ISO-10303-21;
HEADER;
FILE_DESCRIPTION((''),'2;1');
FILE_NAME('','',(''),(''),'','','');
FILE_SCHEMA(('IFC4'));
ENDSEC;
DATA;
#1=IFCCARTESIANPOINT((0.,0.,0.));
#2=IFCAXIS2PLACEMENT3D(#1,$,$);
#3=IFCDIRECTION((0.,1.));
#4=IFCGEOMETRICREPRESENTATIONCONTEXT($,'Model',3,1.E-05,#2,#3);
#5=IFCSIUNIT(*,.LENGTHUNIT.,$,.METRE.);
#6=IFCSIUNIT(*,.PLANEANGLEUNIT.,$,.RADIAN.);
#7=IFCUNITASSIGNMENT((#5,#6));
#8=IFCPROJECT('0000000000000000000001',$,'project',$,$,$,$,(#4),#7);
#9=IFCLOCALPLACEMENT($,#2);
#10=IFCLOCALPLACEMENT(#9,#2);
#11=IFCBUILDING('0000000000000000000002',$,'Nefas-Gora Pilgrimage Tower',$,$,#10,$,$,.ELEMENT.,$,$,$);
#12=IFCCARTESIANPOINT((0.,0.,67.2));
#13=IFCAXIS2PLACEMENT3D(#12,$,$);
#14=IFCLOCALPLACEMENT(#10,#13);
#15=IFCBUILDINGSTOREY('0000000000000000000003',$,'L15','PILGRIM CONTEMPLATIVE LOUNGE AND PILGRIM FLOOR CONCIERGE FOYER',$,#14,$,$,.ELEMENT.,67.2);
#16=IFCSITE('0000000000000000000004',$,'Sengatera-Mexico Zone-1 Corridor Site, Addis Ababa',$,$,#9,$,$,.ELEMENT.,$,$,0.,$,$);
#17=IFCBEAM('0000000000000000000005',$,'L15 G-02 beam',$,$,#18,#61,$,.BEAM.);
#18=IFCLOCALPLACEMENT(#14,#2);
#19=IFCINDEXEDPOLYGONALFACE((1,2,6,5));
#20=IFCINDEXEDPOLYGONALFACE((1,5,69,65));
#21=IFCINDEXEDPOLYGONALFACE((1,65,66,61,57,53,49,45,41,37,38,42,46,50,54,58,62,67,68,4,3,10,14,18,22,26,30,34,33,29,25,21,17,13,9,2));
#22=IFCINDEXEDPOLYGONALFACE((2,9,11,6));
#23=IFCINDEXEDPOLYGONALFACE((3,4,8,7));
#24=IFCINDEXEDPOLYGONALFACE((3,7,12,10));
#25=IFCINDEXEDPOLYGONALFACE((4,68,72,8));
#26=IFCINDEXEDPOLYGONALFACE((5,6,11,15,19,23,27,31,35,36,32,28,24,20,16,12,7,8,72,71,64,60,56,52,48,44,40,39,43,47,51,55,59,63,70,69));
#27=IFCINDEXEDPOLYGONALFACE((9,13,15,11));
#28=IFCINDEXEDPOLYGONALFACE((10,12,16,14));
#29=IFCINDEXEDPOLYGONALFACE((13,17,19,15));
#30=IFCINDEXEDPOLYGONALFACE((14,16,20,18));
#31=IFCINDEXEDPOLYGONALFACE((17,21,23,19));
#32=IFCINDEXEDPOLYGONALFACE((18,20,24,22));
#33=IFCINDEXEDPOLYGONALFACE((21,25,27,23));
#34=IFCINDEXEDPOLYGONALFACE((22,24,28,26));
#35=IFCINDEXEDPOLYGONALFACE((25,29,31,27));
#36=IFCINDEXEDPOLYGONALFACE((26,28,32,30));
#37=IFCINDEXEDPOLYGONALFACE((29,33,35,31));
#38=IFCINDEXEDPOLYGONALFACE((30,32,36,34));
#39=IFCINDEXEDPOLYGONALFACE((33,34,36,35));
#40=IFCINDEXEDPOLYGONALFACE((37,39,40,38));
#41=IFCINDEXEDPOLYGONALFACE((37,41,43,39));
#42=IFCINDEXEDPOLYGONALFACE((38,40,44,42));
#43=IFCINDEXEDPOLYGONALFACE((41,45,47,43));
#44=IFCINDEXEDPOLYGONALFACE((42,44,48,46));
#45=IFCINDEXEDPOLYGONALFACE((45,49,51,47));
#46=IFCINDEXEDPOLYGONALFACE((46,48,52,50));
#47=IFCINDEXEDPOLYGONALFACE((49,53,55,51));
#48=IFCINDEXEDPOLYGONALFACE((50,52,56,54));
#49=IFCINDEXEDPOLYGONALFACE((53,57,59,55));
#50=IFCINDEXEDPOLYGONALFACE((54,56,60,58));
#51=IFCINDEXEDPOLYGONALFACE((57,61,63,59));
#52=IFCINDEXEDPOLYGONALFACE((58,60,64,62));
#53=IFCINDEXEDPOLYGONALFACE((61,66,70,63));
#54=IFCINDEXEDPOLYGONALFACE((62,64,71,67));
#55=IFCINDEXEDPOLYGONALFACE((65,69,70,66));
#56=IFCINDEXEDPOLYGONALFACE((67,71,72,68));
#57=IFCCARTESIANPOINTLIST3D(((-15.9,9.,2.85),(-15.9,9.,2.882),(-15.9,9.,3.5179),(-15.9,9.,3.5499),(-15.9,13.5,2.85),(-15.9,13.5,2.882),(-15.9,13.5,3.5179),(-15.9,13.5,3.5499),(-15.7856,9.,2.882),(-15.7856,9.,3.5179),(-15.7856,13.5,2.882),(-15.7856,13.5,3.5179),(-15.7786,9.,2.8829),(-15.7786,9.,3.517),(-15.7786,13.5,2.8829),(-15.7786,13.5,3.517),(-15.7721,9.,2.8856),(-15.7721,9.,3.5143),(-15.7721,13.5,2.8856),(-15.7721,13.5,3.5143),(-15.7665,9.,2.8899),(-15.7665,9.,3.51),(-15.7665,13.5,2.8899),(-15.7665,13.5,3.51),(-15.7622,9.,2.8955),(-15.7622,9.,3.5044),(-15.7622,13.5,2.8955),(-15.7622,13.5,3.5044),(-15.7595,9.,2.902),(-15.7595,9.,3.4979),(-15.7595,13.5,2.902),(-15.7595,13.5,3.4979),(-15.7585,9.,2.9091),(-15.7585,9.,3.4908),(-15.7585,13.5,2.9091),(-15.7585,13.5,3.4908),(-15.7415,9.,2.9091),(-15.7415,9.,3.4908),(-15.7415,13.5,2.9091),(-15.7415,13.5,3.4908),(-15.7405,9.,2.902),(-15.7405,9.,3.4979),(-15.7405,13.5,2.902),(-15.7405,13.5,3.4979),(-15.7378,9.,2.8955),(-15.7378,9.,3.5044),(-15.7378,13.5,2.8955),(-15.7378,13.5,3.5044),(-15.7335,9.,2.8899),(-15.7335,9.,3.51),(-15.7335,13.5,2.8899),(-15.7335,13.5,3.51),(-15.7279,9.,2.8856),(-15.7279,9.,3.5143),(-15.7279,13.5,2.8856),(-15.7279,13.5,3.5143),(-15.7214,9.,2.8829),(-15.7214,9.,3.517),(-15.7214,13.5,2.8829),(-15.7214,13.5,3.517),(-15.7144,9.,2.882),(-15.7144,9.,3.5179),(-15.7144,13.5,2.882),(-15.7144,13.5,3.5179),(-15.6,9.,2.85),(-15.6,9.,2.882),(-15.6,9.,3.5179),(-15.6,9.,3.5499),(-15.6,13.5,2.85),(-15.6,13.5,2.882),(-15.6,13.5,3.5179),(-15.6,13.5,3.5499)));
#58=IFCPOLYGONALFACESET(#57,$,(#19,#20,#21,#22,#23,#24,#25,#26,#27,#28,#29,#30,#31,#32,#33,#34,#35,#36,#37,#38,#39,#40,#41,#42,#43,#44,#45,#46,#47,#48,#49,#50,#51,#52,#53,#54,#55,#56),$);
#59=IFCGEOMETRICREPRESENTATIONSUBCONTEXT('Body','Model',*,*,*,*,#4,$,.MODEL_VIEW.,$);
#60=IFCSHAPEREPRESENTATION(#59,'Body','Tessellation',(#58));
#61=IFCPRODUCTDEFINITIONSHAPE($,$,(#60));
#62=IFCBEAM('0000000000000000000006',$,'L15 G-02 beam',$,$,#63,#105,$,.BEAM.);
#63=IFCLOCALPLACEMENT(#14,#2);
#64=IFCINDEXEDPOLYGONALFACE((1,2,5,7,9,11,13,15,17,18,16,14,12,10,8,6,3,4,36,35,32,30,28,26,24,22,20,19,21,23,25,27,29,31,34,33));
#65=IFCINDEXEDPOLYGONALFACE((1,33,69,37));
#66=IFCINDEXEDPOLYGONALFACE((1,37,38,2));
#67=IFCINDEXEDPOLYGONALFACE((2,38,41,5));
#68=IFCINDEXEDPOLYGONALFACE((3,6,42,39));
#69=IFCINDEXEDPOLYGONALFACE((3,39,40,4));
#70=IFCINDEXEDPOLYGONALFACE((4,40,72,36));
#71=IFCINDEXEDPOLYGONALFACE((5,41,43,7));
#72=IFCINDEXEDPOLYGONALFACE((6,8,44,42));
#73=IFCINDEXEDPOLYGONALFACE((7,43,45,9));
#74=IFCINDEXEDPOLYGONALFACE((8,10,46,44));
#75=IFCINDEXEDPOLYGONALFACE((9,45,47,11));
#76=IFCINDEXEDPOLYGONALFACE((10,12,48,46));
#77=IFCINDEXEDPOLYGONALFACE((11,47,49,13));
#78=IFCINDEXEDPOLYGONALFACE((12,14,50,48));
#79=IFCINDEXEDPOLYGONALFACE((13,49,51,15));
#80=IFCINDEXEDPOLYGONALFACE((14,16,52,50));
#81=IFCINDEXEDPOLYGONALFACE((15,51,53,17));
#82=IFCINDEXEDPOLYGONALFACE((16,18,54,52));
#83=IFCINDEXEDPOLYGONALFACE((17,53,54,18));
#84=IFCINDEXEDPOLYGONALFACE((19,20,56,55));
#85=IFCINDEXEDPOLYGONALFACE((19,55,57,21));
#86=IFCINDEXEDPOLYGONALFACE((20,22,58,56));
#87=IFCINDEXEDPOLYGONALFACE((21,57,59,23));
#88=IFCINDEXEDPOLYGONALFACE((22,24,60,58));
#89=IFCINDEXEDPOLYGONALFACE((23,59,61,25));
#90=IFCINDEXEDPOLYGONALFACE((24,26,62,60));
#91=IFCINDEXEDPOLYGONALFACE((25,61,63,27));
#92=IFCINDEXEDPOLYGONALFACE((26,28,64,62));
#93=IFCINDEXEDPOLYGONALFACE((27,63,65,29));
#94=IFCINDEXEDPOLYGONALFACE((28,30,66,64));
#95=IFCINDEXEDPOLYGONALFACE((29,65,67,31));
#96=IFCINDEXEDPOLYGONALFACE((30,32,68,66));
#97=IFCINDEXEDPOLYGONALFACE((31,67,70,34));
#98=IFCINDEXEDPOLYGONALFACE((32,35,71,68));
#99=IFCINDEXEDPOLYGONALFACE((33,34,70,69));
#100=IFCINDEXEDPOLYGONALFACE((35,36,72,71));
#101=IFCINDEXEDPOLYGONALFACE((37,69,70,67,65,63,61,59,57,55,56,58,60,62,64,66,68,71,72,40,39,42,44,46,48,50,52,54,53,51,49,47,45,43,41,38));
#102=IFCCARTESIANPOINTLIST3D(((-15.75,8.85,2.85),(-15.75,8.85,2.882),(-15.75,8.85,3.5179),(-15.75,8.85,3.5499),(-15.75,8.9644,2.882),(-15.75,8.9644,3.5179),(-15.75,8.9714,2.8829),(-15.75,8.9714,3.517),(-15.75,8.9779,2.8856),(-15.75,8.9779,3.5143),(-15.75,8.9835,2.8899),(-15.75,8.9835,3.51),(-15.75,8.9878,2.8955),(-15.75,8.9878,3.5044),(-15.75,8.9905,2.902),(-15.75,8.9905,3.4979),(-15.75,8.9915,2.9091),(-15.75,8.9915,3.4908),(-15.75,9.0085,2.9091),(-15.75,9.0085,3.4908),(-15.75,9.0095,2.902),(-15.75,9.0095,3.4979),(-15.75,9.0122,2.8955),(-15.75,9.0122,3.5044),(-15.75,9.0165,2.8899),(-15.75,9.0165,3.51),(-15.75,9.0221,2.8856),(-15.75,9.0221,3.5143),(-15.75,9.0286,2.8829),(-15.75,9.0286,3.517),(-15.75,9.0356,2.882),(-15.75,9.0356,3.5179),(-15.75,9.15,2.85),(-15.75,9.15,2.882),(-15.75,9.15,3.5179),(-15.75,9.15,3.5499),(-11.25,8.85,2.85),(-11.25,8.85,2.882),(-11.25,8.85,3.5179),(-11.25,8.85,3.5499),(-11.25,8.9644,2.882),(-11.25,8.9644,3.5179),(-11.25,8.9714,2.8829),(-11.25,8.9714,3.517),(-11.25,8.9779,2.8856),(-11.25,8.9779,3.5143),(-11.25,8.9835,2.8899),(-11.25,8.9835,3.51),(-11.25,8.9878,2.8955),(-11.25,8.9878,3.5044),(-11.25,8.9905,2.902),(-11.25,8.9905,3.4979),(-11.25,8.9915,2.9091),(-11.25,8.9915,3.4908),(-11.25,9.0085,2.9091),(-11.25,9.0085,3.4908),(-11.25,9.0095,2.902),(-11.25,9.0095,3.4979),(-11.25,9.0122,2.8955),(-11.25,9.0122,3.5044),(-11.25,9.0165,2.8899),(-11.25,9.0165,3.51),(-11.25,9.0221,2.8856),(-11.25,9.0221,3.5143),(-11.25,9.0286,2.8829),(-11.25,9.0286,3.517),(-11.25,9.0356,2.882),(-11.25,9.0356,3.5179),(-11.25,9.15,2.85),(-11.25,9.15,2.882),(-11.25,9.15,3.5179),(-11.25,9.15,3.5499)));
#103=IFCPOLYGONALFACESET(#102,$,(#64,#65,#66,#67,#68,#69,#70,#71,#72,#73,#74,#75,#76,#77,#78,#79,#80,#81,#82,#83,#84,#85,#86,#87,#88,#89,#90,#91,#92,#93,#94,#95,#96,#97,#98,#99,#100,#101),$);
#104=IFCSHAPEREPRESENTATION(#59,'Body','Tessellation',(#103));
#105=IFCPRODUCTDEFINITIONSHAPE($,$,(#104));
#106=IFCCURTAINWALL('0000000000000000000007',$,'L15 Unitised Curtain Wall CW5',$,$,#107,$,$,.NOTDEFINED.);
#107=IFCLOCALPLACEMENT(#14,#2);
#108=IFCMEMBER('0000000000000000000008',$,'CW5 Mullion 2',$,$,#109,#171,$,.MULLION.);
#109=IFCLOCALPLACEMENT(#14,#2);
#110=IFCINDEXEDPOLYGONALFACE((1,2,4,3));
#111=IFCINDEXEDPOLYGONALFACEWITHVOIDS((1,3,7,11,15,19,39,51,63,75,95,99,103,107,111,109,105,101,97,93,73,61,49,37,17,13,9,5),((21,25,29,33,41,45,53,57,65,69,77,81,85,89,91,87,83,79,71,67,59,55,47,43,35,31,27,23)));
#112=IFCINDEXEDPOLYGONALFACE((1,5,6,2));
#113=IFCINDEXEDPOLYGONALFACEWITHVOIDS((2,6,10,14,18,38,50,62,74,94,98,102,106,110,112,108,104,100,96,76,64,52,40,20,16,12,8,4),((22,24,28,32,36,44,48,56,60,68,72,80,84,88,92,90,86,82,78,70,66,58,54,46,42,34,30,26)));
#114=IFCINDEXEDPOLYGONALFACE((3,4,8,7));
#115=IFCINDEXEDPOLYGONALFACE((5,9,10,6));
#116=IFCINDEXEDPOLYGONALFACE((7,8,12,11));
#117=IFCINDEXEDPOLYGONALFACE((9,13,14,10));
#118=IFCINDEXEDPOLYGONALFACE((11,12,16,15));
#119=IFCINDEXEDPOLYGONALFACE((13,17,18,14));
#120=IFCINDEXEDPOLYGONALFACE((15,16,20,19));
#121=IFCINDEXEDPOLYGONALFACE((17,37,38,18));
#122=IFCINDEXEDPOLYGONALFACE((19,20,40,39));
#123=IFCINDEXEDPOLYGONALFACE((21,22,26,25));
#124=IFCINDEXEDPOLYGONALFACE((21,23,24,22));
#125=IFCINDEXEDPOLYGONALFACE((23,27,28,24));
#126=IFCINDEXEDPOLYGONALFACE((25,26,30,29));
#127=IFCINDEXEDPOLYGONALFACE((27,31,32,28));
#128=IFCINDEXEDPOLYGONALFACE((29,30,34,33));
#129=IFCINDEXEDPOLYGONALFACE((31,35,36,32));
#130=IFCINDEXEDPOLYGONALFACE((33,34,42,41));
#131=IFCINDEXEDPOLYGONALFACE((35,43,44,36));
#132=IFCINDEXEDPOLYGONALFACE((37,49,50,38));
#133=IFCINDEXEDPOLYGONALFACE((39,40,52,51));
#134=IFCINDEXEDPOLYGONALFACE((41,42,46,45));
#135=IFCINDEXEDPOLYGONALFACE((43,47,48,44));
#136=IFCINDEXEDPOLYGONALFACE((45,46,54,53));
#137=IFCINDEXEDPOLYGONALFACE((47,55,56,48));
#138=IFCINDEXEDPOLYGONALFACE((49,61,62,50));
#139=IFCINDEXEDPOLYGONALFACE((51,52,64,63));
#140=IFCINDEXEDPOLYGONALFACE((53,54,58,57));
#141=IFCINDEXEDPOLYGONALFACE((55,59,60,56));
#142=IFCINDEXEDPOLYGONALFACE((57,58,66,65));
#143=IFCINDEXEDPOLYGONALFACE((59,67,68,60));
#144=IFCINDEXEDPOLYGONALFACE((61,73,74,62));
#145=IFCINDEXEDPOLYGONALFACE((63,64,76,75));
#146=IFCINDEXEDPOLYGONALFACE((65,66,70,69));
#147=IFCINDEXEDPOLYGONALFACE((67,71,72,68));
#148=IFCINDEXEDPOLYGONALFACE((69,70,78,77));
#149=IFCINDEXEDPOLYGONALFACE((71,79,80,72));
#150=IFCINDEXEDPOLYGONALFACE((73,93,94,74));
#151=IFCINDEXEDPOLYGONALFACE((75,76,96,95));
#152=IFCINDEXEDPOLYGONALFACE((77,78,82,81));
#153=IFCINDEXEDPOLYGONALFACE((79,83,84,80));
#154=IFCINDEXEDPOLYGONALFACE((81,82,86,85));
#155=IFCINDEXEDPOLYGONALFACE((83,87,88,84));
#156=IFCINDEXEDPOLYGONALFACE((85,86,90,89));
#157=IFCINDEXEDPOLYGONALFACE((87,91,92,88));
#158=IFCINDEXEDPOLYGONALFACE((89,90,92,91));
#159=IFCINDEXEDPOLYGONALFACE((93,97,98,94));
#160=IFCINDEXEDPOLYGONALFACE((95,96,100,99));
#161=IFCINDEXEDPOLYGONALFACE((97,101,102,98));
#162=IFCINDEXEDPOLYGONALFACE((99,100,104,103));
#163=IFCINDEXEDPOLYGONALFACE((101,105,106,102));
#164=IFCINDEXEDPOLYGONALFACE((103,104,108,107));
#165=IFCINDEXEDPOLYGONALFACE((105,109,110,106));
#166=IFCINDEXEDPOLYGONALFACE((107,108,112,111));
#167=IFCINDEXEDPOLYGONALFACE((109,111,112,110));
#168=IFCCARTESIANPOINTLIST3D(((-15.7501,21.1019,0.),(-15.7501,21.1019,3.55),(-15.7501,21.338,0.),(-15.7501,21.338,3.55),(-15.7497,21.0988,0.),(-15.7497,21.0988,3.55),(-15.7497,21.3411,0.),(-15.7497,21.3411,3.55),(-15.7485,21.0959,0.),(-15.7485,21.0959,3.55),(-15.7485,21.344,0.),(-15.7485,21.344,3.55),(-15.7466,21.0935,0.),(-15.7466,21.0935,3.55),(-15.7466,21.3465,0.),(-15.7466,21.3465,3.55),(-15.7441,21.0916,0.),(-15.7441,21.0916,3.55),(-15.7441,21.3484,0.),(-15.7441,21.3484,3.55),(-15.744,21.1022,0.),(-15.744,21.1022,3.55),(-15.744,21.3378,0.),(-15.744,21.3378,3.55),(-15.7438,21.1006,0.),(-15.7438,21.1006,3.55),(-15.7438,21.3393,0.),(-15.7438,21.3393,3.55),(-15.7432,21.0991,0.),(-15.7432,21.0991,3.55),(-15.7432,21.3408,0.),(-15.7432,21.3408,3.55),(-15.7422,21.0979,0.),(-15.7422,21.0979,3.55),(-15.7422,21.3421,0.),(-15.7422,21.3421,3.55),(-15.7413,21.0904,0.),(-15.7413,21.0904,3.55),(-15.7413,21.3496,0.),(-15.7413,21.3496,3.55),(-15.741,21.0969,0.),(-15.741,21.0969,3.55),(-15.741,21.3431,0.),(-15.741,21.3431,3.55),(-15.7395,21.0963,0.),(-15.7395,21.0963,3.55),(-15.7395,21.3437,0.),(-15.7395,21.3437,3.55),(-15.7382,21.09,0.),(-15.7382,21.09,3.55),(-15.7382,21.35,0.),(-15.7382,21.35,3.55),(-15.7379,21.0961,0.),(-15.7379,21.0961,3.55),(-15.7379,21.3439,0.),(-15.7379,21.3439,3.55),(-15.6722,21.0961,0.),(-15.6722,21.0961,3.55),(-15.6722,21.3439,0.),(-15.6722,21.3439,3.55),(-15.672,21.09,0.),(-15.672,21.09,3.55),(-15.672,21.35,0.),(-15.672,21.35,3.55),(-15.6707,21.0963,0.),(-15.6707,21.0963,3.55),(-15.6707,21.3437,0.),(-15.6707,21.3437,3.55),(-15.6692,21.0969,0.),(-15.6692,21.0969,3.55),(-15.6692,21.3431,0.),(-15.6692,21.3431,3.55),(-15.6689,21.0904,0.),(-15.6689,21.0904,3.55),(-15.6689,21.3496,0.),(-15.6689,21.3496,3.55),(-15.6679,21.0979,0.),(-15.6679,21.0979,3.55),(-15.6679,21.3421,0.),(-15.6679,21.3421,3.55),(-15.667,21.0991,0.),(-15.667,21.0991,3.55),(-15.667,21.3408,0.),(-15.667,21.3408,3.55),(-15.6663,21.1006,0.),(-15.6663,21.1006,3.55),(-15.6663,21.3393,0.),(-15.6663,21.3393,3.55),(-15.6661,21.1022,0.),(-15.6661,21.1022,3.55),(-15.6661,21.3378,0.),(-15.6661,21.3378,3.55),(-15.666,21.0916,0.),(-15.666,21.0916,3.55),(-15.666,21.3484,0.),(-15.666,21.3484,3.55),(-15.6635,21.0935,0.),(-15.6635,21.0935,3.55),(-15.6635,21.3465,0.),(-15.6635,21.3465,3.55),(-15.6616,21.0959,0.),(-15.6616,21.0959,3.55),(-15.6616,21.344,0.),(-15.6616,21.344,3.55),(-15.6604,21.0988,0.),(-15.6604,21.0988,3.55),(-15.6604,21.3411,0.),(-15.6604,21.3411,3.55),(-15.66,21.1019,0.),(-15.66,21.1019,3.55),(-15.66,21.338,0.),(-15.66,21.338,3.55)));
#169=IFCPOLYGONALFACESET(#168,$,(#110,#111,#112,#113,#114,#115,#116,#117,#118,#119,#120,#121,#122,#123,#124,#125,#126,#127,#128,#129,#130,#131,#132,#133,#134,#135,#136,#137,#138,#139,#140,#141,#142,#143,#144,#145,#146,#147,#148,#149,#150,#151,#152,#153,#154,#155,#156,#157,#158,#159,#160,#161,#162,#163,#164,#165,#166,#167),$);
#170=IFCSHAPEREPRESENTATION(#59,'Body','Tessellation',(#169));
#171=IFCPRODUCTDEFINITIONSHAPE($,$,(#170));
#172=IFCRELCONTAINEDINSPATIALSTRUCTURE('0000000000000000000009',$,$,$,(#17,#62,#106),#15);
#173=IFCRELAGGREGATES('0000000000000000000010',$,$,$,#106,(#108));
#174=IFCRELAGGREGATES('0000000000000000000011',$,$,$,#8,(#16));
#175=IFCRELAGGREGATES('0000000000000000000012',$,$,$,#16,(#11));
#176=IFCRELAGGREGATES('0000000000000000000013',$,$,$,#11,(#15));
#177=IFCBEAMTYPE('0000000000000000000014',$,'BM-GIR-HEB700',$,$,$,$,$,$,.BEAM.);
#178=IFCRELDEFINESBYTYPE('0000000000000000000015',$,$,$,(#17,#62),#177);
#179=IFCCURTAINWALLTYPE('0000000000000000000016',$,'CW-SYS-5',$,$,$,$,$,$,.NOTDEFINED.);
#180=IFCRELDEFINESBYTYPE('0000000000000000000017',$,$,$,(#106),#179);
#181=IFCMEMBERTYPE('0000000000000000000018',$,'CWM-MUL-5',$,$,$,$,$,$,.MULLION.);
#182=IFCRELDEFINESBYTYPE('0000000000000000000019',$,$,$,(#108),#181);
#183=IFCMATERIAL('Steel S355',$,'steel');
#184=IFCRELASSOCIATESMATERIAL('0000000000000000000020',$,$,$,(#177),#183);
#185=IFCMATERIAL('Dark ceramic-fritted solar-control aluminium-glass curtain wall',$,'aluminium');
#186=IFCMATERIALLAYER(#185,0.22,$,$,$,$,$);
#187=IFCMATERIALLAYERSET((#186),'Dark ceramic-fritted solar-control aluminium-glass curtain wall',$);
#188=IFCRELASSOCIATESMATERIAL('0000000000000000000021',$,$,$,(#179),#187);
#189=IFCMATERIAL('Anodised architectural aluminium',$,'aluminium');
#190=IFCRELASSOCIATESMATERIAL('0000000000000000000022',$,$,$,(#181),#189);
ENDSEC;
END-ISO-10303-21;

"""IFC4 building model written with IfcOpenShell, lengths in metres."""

from ifc_helpers import new_model, si_unit, direction, frame, origin, origin_2d, place, context, subcontext, project, spatial, hollow_rectangle, i_section, extrude, source, transform, mapped, material, layer, layer_set, material_profile, profile_set, type_object, element, aggregate, save


model = new_model("IFC4")

# Units and contexts
model_context = context("Model", 3, precision=1e-05, world=origin(), true_north=direction((0.0, 1.0)))
body_context = subcontext(model_context, "Body", "Model", "MODEL_VIEW")
ifc_project = project(units=[si_unit("LENGTHUNIT", "METRE"), si_unit("PLANEANGLEUNIT", "RADIAN")], contexts=[model_context])

# Site, building, storey
site_placement = place(None, origin())
site = spatial("IfcSite", under=ifc_project, at=site_placement, Name="Sengatera-Mexico Zone-1 Corridor Site, Addis Ababa", CompositionType="ELEMENT", RefElevation=0.0)
building_placement = place(site_placement, origin())
building = spatial("IfcBuilding", under=site, at=building_placement, Name="Nefas-Gora Pilgrimage Tower", CompositionType="ELEMENT")
storey_placement = place(building_placement, frame((0.0, 0.0, 67.2)))
storey = spatial("IfcBuildingStorey", under=building, at=storey_placement, Name="L15", Description="PILGRIM CONTEMPLATIVE LOUNGE AND PILGRIM FLOOR CONCIERGE FOYER", CompositionType="ELEMENT", Elevation=67.2)

# Beams
ifc_material_1 = material(Name="Steel S355", Category="steel")
ifc_material_profile_1 = material_profile(ifc_material_1, i_section(OverallWidth=0.3, OverallDepth=0.7, WebThickness=0.0171, FlangeThickness=0.032, FilletRadius=0.0271, at=origin_2d()), Name="HEB 700")
ifc_profile_set_1 = profile_set([ifc_material_profile_1], Name="Steel S355")
beam_type_1 = type_object("IfcBeamType", Name="BM-GIR-HEB700", PredefinedType="BEAM", material=ifc_profile_set_1)
shared_shape_1 = source(origin(), body_context, "Body", "SweptSolid", [
    extrude(i_section(OverallWidth=0.3, OverallDepth=0.7, WebThickness=0.0171, FlangeThickness=0.032, FilletRadius=0.0271, at=origin_2d()), origin(), (0.0, 0.0, 1.0), 4.5),
])
for number, where, z_axis, x_axis, name in (
    (1, (-15.75, 9.0, 3.2), (0.0, 1.0, 0.0), (-1.0, 0.0, 0.0), "L15 G-02 beam"),
    (2, (-15.75, 9.0, 3.2), (1.0, 0.0, 0.0), (0.0, 1.0, 0.0), "L15 G-02 beam"),
):
    element("IfcBeam", number, at=place(storey_placement, frame(where, z_axis=z_axis, x_axis=x_axis)), inside=storey, type_object=beam_type_1, Name=name, PredefinedType="BEAM", context=body_context, shape_type="MappedRepresentation", body=[
        mapped(shared_shape_1, transform((0.0, 0.0, 0.0), x_axis=(1.0, 0.0, 0.0), y_axis=(0.0, 1.0, 0.0), z_axis=(0.0, 0.0, 1.0), scale=1.0)),
    ])

# Curtain wall, member
ifc_material_2 = material(Name="Dark ceramic-fritted solar-control aluminium-glass curtain wall", Category="aluminium")
ifc_layer_1 = layer(ifc_material_2, 0.22)
ifc_layer_set_1 = layer_set([ifc_layer_1], Name="Dark ceramic-fritted solar-control aluminium-glass curtain wall")
curtain_wall_type_1 = type_object("IfcCurtainWallType", Name="CW-SYS-5", PredefinedType="NOTDEFINED", material=ifc_layer_set_1)
curtain_wall_1_placement = place(storey_placement, origin())
curtain_wall_1 = element("IfcCurtainWall", 3, at=curtain_wall_1_placement, inside=storey, type_object=curtain_wall_type_1, Name="L15 Unitised Curtain Wall CW5", PredefinedType="NOTDEFINED")
ifc_material_3 = material(Name="Anodised architectural aluminium", Category="aluminium")
ifc_material_profile_2 = material_profile(ifc_material_3, hollow_rectangle(XDim=0.0901, YDim=0.26, WallThickness=0.0061, InnerFilletRadius=0.0061, OuterFilletRadius=0.012, at=origin_2d()), Name="ALU MULLION 90x260")
ifc_profile_set_2 = profile_set([ifc_material_profile_2], Name="Anodised architectural aluminium")
member_type_1 = type_object("IfcMemberType", Name="CWM-MUL-5", PredefinedType="MULLION", material=ifc_profile_set_2)
shared_shape_2 = source(origin(), body_context, "Body", "SweptSolid", [
    extrude(hollow_rectangle(XDim=0.0901, YDim=0.26, WallThickness=0.0061, InnerFilletRadius=0.0061, OuterFilletRadius=0.012, at=origin_2d()), origin(), (0.0, 0.0, 1.0), 3.55),
])
member_1_placement = place(storey_placement, frame((-15.7051, 21.22, 0.0), z_axis=(0.0, 0.0, 1.0), x_axis=(-1.0, 0.0, 0.0)))
member_1 = element("IfcMember", 4, at=member_1_placement, type_object=member_type_1, Name="CW5 Mullion 2", PredefinedType="MULLION", context=body_context, shape_type="MappedRepresentation", body=[
    mapped(shared_shape_2, transform((0.0, 0.0, 0.0), x_axis=(1.0, 0.0, 0.0), y_axis=(0.0, 1.0, 0.0), z_axis=(0.0, 0.0, 1.0), scale=1.0)),
])

aggregate(curtain_wall_1, [member_1])

save(model, "model.ifc")
